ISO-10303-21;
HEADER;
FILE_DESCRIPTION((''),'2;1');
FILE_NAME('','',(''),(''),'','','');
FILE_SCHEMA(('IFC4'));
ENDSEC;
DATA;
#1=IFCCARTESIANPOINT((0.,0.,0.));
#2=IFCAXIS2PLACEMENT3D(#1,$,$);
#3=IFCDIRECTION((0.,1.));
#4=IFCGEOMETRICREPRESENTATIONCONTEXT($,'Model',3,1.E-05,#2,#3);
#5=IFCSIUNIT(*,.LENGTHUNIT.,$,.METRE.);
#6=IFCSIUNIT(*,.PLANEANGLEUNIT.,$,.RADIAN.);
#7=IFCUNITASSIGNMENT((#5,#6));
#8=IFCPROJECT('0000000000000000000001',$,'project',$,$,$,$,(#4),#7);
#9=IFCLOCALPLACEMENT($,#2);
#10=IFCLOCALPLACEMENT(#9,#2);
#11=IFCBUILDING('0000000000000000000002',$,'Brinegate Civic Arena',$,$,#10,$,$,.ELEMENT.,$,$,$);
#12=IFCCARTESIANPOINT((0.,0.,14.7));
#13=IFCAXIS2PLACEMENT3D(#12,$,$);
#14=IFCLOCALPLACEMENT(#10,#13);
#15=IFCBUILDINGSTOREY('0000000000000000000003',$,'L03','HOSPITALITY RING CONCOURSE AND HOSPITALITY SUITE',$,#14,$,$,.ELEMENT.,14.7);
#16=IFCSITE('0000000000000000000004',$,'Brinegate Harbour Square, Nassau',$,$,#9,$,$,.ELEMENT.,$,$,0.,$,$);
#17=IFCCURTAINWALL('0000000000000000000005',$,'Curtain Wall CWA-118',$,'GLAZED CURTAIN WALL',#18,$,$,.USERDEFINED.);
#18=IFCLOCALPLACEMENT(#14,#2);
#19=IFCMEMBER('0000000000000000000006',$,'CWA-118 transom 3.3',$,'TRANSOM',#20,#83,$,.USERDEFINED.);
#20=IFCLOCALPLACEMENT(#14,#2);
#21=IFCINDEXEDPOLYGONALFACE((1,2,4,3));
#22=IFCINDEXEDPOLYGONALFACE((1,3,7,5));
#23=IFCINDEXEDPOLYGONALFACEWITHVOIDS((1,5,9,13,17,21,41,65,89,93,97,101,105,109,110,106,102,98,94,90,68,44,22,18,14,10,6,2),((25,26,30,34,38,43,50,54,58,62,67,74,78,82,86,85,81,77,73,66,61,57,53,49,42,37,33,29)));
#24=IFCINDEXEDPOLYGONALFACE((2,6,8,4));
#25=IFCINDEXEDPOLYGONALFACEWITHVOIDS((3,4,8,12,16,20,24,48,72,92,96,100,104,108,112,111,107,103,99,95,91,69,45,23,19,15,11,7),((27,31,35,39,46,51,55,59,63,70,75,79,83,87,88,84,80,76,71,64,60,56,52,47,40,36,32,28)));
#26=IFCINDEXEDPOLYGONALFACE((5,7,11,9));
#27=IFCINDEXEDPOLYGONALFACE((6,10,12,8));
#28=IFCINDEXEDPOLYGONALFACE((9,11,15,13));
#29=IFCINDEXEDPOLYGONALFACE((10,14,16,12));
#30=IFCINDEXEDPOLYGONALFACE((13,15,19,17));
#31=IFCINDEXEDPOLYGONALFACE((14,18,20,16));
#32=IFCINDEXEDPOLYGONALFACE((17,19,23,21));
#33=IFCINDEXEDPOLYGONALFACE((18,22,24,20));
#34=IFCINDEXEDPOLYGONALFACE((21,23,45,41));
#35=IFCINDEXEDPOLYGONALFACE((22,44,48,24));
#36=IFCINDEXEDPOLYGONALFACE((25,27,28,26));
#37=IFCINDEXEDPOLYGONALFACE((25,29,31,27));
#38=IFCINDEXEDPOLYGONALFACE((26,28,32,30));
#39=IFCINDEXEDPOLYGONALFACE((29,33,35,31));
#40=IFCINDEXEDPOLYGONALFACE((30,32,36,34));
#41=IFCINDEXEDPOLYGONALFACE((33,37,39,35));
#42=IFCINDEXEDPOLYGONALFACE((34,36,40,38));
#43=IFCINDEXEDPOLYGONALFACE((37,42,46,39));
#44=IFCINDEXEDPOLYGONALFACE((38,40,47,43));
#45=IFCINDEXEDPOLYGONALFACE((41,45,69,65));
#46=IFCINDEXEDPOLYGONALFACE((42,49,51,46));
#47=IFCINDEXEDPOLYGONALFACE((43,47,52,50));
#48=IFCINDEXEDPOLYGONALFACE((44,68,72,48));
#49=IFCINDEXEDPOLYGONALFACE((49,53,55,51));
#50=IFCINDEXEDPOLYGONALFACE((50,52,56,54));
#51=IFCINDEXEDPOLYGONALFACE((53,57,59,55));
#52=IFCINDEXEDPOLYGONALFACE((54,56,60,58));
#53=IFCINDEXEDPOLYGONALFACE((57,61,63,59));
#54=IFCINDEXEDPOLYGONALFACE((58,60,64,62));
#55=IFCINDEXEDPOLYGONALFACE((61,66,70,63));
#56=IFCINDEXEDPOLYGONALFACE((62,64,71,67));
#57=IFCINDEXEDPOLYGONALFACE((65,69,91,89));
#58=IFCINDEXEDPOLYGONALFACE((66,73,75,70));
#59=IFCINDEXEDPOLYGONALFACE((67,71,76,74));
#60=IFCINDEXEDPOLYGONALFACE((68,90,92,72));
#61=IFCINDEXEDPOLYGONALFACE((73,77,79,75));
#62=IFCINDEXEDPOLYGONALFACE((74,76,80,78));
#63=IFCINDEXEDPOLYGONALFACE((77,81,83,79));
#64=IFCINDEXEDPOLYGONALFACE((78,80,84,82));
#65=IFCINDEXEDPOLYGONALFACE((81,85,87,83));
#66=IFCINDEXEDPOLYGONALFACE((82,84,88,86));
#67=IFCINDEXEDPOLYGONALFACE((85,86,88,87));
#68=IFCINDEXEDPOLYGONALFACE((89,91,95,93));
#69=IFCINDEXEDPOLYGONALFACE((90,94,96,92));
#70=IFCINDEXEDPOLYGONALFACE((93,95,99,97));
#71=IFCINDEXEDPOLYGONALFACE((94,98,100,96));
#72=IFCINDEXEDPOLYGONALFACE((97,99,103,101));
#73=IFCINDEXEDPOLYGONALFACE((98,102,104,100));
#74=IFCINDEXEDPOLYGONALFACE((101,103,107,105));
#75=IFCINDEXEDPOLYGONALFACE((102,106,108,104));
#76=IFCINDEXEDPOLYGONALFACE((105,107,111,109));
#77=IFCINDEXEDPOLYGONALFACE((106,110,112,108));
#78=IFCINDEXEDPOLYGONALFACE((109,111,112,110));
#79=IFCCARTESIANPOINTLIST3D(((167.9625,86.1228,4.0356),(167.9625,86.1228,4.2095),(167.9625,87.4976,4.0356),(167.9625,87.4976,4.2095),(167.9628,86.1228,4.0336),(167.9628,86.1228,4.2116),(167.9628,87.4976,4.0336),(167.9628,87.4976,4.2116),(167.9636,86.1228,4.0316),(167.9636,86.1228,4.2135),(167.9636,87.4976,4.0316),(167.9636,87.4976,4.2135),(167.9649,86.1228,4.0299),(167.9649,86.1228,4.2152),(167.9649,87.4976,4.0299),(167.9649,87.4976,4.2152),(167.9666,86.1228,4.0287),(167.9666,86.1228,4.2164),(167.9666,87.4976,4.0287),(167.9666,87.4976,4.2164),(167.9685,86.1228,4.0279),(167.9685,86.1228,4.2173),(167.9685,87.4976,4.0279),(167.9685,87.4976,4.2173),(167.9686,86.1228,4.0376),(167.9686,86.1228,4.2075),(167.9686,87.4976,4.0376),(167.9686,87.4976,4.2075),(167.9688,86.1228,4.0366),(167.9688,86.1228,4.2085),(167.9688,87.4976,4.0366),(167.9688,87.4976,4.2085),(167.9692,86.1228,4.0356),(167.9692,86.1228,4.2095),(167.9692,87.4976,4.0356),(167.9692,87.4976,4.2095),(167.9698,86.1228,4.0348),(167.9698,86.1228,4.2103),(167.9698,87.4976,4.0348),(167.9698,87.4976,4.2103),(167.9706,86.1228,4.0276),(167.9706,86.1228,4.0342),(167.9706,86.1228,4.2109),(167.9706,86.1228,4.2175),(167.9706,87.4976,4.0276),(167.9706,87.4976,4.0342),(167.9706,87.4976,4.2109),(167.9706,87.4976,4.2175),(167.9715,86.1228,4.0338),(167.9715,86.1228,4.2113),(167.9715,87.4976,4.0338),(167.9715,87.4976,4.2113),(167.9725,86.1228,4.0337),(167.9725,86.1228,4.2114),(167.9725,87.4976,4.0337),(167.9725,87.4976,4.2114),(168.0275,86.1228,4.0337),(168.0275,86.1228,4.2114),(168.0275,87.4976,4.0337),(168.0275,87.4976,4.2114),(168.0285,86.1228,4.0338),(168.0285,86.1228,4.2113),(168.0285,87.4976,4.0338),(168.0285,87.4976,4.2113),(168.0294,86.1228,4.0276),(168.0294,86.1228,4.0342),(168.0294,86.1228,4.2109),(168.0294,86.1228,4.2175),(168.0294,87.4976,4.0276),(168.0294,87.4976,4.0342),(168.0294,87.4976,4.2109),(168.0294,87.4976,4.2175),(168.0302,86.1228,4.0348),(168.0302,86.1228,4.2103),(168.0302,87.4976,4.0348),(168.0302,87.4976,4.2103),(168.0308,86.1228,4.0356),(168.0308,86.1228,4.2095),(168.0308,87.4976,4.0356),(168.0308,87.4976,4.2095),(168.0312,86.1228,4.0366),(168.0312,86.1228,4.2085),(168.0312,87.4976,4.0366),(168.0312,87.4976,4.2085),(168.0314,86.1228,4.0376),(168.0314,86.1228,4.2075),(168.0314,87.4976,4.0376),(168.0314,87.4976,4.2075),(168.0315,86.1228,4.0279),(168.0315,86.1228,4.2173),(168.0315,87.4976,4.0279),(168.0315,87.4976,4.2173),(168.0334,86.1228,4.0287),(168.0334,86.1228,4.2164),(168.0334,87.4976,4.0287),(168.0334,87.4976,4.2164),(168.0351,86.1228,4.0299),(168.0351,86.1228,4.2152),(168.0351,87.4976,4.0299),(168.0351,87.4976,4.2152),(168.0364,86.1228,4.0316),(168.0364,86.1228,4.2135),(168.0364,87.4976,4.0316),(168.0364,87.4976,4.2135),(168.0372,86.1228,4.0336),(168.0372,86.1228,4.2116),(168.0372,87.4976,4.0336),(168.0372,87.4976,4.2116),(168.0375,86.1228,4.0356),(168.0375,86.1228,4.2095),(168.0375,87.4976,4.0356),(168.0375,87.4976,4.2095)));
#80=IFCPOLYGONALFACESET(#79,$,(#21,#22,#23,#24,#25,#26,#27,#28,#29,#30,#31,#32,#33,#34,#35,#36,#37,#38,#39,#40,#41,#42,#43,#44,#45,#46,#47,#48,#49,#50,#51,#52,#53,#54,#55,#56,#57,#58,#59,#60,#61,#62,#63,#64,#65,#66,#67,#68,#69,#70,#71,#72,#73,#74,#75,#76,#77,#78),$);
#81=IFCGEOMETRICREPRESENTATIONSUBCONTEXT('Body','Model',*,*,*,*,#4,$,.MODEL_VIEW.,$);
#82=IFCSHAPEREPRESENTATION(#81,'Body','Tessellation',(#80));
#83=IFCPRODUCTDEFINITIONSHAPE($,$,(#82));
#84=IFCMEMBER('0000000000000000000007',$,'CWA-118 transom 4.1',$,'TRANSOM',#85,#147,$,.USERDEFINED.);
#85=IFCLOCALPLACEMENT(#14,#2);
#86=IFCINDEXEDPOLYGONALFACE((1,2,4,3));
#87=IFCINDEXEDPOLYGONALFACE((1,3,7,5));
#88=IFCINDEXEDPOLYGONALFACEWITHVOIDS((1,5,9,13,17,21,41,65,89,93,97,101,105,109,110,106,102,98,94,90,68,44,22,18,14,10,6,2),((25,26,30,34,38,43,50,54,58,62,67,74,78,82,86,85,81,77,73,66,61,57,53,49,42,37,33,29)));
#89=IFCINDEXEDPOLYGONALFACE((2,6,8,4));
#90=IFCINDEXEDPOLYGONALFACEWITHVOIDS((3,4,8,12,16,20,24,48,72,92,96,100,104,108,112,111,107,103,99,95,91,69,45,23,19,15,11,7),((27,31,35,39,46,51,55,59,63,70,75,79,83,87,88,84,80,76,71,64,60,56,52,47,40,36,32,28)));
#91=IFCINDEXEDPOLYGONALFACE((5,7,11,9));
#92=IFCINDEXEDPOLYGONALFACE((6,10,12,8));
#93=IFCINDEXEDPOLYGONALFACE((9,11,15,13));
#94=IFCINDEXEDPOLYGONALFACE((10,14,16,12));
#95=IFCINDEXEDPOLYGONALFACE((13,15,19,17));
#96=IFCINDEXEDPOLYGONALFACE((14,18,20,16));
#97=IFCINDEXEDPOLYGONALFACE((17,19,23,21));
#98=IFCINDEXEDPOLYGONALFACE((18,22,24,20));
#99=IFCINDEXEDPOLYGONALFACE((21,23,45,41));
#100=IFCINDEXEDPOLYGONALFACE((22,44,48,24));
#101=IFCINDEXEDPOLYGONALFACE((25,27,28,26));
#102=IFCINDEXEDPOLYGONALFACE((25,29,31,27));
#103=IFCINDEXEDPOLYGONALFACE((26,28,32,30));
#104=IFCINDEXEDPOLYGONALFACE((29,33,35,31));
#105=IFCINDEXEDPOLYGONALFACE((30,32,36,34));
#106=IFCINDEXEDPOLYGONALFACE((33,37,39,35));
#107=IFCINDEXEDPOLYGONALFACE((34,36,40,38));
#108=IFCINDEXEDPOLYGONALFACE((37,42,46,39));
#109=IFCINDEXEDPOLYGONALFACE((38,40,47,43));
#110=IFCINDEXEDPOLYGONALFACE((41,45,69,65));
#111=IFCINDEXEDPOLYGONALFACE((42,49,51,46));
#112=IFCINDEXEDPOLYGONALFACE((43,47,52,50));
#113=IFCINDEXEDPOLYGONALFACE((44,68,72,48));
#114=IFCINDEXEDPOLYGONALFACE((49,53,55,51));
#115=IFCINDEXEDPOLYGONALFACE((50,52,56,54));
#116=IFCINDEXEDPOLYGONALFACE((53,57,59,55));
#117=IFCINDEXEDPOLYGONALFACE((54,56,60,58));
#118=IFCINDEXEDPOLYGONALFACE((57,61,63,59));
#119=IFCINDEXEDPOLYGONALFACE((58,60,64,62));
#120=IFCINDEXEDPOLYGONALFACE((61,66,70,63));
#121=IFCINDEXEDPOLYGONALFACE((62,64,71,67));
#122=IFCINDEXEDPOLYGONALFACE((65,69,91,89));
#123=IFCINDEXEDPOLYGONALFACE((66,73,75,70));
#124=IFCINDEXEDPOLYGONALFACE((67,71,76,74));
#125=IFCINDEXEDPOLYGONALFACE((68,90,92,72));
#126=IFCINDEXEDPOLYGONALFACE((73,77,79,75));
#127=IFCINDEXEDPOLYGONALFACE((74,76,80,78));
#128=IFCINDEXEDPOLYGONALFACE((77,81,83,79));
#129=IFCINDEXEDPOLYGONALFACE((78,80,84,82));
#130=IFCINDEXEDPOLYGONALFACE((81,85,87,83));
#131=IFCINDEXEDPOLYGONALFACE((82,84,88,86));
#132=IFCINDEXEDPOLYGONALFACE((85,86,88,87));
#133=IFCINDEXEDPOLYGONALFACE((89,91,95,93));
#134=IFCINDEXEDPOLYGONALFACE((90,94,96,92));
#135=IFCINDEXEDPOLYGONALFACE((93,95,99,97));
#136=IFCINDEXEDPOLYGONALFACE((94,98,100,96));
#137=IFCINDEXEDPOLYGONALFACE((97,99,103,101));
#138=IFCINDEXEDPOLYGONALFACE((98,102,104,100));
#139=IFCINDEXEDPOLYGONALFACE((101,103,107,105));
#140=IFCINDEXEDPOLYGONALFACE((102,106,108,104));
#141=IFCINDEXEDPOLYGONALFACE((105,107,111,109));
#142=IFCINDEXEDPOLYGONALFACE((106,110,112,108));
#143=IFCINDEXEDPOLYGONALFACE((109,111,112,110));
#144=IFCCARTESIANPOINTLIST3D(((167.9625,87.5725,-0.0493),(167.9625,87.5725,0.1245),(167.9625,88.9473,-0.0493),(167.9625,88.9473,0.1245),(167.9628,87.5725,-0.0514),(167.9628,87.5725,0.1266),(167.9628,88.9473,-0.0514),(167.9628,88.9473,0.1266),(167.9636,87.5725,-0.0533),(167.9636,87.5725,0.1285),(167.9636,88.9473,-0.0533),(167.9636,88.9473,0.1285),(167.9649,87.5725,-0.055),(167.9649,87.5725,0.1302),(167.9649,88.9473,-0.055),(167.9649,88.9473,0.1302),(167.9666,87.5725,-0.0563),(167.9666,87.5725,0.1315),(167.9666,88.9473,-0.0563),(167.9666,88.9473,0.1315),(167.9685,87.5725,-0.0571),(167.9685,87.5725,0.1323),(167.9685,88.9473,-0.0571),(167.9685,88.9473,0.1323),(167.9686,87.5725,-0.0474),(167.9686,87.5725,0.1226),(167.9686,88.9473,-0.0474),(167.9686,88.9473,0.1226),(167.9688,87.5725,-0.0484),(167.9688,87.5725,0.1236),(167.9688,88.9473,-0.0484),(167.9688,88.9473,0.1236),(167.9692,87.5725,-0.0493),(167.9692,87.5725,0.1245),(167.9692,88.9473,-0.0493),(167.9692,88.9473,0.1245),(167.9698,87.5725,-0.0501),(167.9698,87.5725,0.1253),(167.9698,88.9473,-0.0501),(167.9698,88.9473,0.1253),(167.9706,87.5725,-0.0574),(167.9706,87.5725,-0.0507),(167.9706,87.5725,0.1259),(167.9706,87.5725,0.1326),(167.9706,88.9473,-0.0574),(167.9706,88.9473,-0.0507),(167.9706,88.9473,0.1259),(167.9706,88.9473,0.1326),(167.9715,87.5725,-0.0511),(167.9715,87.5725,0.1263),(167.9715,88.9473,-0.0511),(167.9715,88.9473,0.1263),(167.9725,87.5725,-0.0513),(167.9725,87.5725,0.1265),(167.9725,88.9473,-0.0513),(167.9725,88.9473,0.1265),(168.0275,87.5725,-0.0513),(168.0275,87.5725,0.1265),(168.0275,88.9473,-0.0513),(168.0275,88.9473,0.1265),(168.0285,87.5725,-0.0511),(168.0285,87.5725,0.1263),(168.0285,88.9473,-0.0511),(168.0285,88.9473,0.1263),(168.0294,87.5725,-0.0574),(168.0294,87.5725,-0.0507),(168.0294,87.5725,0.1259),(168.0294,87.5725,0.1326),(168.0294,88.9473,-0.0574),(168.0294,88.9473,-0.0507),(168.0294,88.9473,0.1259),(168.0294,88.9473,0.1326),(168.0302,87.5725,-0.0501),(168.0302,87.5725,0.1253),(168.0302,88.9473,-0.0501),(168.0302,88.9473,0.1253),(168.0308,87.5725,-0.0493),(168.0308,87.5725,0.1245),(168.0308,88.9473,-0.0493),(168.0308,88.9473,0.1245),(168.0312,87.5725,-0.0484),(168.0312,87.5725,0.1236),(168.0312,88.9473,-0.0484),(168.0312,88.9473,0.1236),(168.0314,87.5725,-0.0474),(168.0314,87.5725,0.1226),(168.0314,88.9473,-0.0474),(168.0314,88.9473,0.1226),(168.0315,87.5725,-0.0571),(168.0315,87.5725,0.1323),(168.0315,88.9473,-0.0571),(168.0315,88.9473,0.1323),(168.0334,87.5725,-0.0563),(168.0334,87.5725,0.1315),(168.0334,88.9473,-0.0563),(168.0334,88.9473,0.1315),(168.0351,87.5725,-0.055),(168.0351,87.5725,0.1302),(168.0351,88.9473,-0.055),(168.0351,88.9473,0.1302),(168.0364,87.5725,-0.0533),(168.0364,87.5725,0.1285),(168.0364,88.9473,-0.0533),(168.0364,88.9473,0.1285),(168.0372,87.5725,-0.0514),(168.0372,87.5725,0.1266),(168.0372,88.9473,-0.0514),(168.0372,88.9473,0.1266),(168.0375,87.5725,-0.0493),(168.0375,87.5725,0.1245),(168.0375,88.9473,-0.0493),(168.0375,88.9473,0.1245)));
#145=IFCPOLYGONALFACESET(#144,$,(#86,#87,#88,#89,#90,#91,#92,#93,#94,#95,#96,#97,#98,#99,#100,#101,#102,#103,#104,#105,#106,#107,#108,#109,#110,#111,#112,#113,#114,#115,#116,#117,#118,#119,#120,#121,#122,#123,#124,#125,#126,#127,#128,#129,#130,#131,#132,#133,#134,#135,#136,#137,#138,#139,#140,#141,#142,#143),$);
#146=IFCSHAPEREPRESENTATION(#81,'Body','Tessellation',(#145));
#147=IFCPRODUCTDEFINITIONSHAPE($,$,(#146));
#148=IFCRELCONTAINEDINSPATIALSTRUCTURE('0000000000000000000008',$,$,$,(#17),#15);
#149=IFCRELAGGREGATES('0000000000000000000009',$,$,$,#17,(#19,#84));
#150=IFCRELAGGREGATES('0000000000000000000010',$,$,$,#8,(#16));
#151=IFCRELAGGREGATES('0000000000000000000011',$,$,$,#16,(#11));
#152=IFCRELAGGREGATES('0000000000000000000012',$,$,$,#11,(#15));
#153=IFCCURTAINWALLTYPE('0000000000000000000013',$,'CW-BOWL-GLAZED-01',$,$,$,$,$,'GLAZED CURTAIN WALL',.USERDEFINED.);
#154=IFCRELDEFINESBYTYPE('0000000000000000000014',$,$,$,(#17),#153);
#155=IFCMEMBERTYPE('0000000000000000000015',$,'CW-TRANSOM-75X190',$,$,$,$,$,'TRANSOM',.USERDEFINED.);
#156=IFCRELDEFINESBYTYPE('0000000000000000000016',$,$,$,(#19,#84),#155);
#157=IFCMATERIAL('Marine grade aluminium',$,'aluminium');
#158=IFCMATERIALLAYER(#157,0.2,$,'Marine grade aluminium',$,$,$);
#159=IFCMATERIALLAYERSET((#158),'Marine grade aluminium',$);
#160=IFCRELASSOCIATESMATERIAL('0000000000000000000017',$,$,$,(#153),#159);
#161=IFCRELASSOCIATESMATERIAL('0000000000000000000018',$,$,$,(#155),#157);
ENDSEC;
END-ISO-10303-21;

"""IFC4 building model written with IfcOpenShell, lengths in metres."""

from ifc_helpers import new_model, si_unit, direction, frame, origin, origin_2d, place, context, subcontext, project, spatial, hollow_rectangle, extrude, material, layer, layer_set, material_profile, profile_set, type_object, element, aggregate, save


model = new_model("IFC4")

# Units and contexts
model_context = context("Model", 3, precision=1e-05, world=origin(), true_north=direction((0.0, 1.0)))
body_context = subcontext(model_context, "Body", "Model", "MODEL_VIEW")
ifc_project = project(units=[si_unit("LENGTHUNIT", "METRE"), si_unit("PLANEANGLEUNIT", "RADIAN")], contexts=[model_context])

# Site, building, storey
site_placement = place(None, origin())
site = spatial("IfcSite", under=ifc_project, at=site_placement, Name="Brinegate Harbour Square, Nassau", CompositionType="ELEMENT", RefElevation=0.0)
building_placement = place(site_placement, origin())
building = spatial("IfcBuilding", under=site, at=building_placement, Name="Brinegate Civic Arena", CompositionType="ELEMENT")
storey_placement = place(building_placement, frame((0.0, 0.0, 14.7)))
storey = spatial("IfcBuildingStorey", under=building, at=storey_placement, Name="L03", Description="HOSPITALITY RING CONCOURSE AND HOSPITALITY SUITE", CompositionType="ELEMENT", Elevation=14.7)

# Curtain wall, members
ifc_material_1 = material(Name="Marine grade aluminium", Category="aluminium")
ifc_layer_1 = layer(ifc_material_1, 0.2, Name="Marine grade aluminium")
ifc_layer_set_1 = layer_set([ifc_layer_1], Name="Marine grade aluminium")
curtain_wall_type = type_object("IfcCurtainWallType", Name="CW-BOWL-GLAZED-01", ElementType="GLAZED CURTAIN WALL", PredefinedType="USERDEFINED", material=ifc_layer_set_1)
curtain_wall_placement = place(storey_placement, origin())
curtain_wall = element("IfcCurtainWall", 1, at=curtain_wall_placement, inside=storey, type_object=curtain_wall_type, Name="Curtain Wall CWA-118", ObjectType="GLAZED CURTAIN WALL", PredefinedType="USERDEFINED")
ifc_material_profile_1 = material_profile(ifc_material_1, hollow_rectangle(XDim=0.075, YDim=0.1899, WallThickness=0.0061, InnerFilletRadius=0.0039, OuterFilletRadius=0.0081, at=origin_2d()), Name="TRN75X190")
ifc_profile_set_1 = profile_set([ifc_material_profile_1], Name="Marine grade aluminium")
member_type_1 = type_object("IfcMemberType", Name="CW-TRANSOM-75X190", ElementType="TRANSOM", PredefinedType="USERDEFINED", material=ifc_profile_set_1)
member_1_placement = place(storey_placement, frame((168.0, 86.1228, 4.1226), z_axis=(0.0, 1.0, 0.0), x_axis=(-1.0, 0.0, 0.0)))
member_1 = element("IfcMember", 2, at=member_1_placement, type_object=member_type_1, Name="CWA-118 transom 3.3", ObjectType="TRANSOM", PredefinedType="USERDEFINED", context=body_context, shape_type="SweptSolid", body=[
    extrude(hollow_rectangle(XDim=0.075, YDim=0.1899, WallThickness=0.0061, InnerFilletRadius=0.0039, OuterFilletRadius=0.0081, at=origin_2d()), origin(), (0.0, 0.0, 1.0), 1.3748),
])
member_2_placement = place(storey_placement, frame((168.0, 87.5725, 0.0376), z_axis=(0.0, 1.0, 0.0), x_axis=(-1.0, 0.0, 0.0)))
member_2 = element("IfcMember", 3, at=member_2_placement, type_object=member_type_1, Name="CWA-118 transom 4.1", ObjectType="TRANSOM", PredefinedType="USERDEFINED", context=body_context, shape_type="SweptSolid", body=[
    extrude(hollow_rectangle(XDim=0.075, YDim=0.1899, WallThickness=0.0061, InnerFilletRadius=0.0039, OuterFilletRadius=0.0081, at=origin_2d()), origin(), (0.0, 0.0, 1.0), 1.3748),
])

aggregate(curtain_wall, [member_1, member_2])

save(model, "model.ifc")
